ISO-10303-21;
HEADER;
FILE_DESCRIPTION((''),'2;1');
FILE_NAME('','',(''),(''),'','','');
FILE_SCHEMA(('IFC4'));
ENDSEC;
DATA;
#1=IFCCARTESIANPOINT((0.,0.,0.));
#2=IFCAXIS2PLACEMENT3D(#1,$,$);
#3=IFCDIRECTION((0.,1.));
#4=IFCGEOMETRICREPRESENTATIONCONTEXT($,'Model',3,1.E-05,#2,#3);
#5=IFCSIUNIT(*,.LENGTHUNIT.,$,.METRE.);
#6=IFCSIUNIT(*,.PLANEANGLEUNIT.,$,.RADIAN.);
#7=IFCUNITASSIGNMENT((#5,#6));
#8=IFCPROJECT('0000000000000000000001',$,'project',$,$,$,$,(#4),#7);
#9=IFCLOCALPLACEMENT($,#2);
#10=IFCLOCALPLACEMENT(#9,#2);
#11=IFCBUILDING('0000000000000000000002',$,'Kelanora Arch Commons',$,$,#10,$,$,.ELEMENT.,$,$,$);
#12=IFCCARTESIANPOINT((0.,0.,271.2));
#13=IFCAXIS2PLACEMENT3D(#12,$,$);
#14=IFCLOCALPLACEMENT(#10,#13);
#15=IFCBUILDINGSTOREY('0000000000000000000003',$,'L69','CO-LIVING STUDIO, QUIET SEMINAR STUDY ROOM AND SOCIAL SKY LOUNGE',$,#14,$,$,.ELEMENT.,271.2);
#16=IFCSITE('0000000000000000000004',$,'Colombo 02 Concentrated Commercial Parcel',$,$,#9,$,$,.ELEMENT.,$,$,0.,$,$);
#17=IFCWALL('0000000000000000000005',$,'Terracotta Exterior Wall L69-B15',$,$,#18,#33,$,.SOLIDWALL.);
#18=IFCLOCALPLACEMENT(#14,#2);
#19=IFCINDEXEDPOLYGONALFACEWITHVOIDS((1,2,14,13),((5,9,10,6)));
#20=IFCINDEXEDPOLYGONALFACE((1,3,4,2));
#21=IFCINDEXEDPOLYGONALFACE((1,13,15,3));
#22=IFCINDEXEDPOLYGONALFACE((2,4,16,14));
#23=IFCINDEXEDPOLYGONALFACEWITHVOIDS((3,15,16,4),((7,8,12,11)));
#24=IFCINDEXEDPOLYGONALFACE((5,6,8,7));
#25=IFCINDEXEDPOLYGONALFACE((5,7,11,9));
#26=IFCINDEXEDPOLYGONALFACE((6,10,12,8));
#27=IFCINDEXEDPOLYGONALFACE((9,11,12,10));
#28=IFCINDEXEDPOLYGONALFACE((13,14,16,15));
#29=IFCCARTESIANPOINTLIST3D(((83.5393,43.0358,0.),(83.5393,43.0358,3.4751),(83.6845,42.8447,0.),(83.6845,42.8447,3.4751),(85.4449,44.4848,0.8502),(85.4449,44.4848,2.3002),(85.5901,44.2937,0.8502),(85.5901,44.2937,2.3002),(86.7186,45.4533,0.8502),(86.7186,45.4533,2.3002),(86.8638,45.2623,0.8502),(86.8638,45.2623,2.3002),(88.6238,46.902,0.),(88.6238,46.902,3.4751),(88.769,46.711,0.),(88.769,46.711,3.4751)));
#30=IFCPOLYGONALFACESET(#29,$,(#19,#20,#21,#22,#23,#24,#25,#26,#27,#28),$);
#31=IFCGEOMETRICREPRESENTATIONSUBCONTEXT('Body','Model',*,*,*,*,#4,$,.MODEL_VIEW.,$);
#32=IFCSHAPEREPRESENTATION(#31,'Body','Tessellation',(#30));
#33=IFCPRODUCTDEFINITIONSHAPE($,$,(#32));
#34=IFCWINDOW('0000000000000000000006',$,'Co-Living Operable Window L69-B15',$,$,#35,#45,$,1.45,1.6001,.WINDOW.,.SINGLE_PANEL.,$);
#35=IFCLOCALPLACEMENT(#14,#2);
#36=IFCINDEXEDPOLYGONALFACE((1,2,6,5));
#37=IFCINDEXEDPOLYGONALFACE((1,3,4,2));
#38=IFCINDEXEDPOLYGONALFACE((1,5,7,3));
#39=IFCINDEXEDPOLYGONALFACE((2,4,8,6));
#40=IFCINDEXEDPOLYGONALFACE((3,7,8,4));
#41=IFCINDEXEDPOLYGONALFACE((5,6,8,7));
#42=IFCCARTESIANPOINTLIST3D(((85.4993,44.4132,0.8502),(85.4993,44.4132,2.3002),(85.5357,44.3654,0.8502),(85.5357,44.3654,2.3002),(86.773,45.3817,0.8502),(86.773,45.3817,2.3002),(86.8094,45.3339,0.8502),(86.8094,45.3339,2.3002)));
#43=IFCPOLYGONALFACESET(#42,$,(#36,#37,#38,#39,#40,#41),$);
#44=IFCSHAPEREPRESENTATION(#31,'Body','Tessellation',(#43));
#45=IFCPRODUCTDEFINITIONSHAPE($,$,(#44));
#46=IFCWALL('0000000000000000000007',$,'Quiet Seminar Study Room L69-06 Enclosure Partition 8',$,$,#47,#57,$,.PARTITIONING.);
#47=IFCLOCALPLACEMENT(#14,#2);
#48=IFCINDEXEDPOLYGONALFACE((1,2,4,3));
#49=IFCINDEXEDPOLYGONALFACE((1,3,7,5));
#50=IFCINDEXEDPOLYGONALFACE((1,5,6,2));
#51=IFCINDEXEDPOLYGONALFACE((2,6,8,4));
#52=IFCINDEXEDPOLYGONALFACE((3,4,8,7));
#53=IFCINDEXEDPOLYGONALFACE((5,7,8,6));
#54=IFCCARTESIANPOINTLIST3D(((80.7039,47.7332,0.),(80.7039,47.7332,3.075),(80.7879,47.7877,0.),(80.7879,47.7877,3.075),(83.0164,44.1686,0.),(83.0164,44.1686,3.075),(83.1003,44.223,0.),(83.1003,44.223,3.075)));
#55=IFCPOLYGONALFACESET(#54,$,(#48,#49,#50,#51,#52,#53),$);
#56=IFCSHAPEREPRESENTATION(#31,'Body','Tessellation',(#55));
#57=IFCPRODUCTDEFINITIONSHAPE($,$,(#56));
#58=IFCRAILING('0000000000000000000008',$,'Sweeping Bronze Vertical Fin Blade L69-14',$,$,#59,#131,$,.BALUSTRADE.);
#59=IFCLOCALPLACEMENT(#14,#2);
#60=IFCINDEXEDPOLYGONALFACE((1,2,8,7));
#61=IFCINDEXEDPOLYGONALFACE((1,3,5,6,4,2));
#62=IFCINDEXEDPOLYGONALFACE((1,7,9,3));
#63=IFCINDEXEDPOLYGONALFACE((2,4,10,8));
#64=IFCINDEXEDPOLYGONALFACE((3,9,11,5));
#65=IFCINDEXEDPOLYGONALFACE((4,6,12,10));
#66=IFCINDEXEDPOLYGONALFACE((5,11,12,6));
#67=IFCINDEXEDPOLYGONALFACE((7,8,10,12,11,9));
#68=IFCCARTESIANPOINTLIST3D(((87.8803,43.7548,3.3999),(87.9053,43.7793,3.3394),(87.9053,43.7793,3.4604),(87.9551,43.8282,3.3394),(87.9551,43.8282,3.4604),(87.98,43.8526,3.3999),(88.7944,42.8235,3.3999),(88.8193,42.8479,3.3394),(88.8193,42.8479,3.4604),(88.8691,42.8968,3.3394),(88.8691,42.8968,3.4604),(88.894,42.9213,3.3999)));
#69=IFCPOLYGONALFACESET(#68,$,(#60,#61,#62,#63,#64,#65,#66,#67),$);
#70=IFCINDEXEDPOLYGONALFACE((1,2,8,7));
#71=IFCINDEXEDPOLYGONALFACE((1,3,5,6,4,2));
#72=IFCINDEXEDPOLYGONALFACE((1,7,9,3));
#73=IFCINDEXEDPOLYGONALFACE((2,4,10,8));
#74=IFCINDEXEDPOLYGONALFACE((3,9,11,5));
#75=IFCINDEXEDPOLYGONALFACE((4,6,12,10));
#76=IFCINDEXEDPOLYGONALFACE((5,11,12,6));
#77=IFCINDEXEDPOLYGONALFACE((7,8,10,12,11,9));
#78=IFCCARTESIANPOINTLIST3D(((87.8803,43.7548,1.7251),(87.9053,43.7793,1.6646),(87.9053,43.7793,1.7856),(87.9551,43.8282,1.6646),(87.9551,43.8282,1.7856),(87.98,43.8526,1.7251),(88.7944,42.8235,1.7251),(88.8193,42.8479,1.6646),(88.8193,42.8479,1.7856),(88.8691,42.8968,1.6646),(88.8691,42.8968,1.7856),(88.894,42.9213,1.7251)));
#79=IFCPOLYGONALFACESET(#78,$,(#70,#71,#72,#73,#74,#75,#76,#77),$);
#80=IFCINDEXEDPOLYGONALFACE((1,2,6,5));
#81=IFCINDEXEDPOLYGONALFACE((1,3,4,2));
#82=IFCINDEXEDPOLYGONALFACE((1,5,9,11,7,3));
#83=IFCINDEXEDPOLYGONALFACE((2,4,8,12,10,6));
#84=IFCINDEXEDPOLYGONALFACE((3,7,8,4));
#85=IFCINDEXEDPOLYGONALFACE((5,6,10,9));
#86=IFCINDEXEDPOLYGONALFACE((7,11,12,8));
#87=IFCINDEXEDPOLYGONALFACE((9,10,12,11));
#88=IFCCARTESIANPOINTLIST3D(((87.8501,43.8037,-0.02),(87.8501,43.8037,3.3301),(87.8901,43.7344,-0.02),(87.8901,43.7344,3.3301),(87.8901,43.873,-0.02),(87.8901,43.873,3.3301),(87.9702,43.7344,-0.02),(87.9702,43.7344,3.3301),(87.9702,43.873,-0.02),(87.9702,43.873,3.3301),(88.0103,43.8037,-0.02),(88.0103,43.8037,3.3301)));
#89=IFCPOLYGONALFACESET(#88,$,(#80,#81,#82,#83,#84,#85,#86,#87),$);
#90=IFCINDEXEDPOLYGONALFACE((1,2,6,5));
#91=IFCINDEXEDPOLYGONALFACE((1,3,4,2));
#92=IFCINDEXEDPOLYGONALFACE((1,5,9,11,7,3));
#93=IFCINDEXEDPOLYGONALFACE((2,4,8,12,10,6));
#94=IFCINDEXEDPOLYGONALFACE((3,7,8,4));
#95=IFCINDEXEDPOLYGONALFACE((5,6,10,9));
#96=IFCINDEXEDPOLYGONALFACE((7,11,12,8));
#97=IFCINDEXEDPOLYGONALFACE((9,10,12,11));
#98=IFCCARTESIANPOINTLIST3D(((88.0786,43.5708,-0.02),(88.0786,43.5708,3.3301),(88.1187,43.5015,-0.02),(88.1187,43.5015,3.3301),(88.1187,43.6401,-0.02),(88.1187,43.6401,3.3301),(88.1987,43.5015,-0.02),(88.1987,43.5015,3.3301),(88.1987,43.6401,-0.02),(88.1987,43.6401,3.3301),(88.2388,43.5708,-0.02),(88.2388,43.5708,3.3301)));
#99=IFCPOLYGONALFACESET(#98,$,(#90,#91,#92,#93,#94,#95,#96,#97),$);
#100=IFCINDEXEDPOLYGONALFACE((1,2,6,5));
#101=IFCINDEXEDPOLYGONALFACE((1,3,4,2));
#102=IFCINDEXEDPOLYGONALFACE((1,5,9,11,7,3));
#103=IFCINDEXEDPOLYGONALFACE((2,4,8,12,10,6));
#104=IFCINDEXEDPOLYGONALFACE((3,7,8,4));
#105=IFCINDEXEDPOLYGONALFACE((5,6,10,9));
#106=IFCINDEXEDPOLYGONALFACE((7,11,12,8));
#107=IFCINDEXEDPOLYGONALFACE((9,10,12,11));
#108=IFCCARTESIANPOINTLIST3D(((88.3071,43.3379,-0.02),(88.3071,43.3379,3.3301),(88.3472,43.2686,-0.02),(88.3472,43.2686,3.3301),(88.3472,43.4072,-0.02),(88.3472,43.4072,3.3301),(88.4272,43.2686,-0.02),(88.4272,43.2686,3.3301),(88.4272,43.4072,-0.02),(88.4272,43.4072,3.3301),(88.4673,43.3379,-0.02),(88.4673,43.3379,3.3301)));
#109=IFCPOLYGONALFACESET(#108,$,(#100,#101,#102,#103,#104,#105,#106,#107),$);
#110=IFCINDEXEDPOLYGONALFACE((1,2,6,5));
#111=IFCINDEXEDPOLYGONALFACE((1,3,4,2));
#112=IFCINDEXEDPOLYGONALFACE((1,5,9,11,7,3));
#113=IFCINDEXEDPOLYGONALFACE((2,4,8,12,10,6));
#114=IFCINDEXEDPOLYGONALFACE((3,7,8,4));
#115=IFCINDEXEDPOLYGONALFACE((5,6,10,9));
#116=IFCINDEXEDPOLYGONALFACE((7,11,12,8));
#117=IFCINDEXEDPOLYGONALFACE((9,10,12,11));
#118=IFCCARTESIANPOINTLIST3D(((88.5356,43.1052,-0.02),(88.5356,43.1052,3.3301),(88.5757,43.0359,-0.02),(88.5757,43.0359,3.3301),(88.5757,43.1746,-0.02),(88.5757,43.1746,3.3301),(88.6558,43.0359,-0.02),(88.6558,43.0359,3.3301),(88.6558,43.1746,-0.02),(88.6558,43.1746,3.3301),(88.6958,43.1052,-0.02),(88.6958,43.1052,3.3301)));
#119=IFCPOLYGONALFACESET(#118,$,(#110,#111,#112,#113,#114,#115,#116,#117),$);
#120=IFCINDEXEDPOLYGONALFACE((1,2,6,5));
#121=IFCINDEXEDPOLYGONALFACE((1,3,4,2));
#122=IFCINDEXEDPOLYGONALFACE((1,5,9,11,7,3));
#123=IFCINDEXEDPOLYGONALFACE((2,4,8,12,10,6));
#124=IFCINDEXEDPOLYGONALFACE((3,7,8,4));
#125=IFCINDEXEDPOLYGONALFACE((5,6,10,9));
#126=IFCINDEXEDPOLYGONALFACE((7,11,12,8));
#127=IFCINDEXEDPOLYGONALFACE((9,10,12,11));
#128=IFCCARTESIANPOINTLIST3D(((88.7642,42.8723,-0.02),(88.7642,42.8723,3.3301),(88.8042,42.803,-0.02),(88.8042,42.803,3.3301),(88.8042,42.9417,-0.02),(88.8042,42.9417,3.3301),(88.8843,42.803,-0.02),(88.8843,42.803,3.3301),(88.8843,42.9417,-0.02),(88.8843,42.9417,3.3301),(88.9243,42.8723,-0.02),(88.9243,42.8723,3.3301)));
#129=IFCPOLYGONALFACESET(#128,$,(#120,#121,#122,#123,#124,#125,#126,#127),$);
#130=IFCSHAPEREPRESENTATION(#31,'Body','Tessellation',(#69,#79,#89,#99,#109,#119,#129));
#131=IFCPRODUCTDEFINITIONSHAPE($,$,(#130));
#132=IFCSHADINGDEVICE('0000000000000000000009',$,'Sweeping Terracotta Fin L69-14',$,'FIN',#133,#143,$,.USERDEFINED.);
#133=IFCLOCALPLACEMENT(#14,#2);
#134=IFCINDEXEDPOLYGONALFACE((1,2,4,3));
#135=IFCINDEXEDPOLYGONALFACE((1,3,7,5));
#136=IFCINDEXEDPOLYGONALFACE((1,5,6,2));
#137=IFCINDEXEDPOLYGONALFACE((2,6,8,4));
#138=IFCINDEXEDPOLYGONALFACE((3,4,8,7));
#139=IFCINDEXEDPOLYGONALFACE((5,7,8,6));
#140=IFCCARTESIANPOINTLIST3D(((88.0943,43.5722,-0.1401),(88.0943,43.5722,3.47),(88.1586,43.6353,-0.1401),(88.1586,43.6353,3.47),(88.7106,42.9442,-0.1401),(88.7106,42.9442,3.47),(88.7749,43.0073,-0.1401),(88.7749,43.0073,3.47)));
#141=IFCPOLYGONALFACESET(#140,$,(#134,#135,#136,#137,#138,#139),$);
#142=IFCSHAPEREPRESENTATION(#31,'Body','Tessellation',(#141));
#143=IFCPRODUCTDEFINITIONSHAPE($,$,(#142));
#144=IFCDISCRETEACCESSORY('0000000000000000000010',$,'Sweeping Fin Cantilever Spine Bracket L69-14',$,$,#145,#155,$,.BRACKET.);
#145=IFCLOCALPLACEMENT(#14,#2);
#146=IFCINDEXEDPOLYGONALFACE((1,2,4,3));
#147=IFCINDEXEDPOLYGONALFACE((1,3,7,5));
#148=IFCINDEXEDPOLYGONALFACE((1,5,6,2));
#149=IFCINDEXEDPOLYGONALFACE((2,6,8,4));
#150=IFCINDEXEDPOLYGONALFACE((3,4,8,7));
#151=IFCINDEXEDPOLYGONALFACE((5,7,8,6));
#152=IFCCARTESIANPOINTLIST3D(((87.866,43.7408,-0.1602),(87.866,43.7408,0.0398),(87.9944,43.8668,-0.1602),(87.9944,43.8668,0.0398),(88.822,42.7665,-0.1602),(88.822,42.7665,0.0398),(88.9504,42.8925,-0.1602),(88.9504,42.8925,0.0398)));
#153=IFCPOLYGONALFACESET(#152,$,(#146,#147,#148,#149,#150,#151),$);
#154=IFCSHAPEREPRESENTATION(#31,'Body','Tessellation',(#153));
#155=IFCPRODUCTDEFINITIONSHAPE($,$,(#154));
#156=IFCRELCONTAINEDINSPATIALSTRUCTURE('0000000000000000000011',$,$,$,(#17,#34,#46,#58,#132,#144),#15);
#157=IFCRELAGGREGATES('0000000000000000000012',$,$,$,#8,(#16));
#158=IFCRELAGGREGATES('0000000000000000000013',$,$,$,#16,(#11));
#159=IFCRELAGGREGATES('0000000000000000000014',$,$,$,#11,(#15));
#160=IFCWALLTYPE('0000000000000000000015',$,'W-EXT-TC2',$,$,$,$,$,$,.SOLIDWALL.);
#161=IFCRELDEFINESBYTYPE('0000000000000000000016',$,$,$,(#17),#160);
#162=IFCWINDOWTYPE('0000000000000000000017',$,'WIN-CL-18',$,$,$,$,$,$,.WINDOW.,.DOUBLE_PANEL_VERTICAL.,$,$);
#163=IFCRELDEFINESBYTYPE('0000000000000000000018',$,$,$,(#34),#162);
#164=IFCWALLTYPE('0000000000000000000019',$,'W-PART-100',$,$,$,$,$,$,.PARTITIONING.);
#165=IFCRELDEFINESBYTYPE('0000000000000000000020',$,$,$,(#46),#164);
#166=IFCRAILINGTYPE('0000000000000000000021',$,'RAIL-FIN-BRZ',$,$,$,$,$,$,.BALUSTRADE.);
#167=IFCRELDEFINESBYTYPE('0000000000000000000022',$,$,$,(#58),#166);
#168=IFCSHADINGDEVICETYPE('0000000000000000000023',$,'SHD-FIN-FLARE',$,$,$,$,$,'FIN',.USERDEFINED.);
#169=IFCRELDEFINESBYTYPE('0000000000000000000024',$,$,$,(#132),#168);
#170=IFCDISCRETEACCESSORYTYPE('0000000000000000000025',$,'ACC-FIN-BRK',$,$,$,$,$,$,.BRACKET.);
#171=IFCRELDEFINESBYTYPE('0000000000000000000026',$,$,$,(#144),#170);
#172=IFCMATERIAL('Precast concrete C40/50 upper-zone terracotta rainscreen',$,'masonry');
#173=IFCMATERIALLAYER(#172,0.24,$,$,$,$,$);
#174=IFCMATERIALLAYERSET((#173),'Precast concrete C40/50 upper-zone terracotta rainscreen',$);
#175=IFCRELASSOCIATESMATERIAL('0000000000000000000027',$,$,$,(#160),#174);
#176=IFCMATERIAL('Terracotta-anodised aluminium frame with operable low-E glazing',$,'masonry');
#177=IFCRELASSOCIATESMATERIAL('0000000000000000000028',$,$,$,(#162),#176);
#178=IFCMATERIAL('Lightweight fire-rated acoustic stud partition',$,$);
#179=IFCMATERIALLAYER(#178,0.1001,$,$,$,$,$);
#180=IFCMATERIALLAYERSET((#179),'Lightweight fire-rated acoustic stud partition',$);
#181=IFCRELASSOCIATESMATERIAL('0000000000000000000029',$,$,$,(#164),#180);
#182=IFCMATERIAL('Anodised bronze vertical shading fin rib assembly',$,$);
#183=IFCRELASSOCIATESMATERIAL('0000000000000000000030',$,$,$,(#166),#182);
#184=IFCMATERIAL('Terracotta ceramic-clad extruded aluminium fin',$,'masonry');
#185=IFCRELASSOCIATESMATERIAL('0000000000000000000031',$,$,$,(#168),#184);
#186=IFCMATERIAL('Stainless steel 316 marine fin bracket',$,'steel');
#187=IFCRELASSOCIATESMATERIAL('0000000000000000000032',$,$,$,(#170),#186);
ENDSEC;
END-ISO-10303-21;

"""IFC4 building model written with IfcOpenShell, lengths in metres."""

from ifc_helpers import new_model, si_unit, direction, frame, frame_2d, origin, origin_2d, place, context, subcontext, project, spatial, polyline, rectangle, outline, extrude, source, transform, mapped, material, layer, layer_set, type_object, element, fill, save


model = new_model("IFC4")

# Units and contexts
model_context = context("Model", 3, precision=1e-05, world=origin(), true_north=direction((0.0, 1.0)))
body_context = subcontext(model_context, "Body", "Model", "MODEL_VIEW")
ifc_project = project(units=[si_unit("LENGTHUNIT", "METRE"), si_unit("PLANEANGLEUNIT", "RADIAN")], contexts=[model_context])

# Site, building, storey
site_placement = place(None, origin())
site = spatial("IfcSite", under=ifc_project, at=site_placement, Name="Colombo 02 Concentrated Commercial Parcel", CompositionType="ELEMENT", RefElevation=0.0)
building_placement = place(site_placement, origin())
building = spatial("IfcBuilding", under=site, at=building_placement, Name="Kelanora Arch Commons", CompositionType="ELEMENT")
storey_placement = place(building_placement, frame((0.0, 0.0, 271.2)))
storey = spatial("IfcBuildingStorey", under=building, at=storey_placement, Name="L69", Description="CO-LIVING STUDIO, QUIET SEMINAR STUDY ROOM AND SOCIAL SKY LOUNGE", CompositionType="ELEMENT", Elevation=271.2)

# Wall, opening, window
ifc_material_1 = material(Name="Precast concrete C40/50 upper-zone terracotta rainscreen", Category="masonry")
ifc_layer_1 = layer(ifc_material_1, 0.24)
ifc_layer_set_1 = layer_set([ifc_layer_1], Name="Precast concrete C40/50 upper-zone terracotta rainscreen")
wall_type_1 = type_object("IfcWallType", Name="W-EXT-TC2", PredefinedType="SOLIDWALL", material=ifc_layer_set_1)
wall_1_placement = place(storey_placement, frame((83.6118, 42.9402, 0.0), z_axis=(0.0, 0.0, 1.0), x_axis=(0.79601, 0.605283, 0.0)))
wall_1 = element("IfcWall", 1, at=wall_1_placement, inside=storey, type_object=wall_type_1, Name="Terracotta Exterior Wall L69-B15", PredefinedType="SOLIDWALL", context=body_context, shape_type="SweptSolid", body=[
    extrude(rectangle(XDim=6.3875, YDim=0.24, at=frame_2d((3.1938, 0.0))), origin(), (0.0, 0.0, 1.0), 3.4751),
])
opening_placement = place(wall_1_placement, frame((2.394, 0.0, 0.8501)))
opening = element("IfcOpeningElement", 2, at=opening_placement, cuts=wall_1, PredefinedType="OPENING", context=body_context, shape_type="SweptSolid", body=[
    extrude(rectangle(XDim=1.6001, YDim=1.45, at=frame_2d((0.8, 0.7251))), frame((0.0, 0.1299, 0.0), z_axis=(0.0, -1.0, 0.0), x_axis=(1.0, 0.0, 0.0)), (0.0, 0.0, 1.0), 0.26),
])
ifc_material_2 = material(Name="Terracotta-anodised aluminium frame with operable low-E glazing", Category="masonry")
window_type = type_object("IfcWindowType", Name="WIN-CL-18", PartitioningType="DOUBLE_PANEL_VERTICAL", PredefinedType="WINDOW", material=ifc_material_2)
window_placement = place(opening_placement, origin())
window = element("IfcWindow", 3, at=window_placement, inside=storey, type_object=window_type, Name="Co-Living Operable Window L69-B15", OverallHeight=1.45, OverallWidth=1.6001, PartitioningType="SINGLE_PANEL", PredefinedType="WINDOW", context=body_context, shape_type="SweptSolid", body=[
    extrude(rectangle(XDim=1.6001, YDim=1.45, at=frame_2d((0.8, 0.7251))), frame((0.0, 0.03, 0.0), z_axis=(0.0, -1.0, 0.0), x_axis=(1.0, 0.0, 0.0)), (0.0, 0.0, 1.0), 0.0601),
])
fill(opening, window)

# Wall
ifc_material_3 = material(Name="Lightweight fire-rated acoustic stud partition")
ifc_layer_2 = layer(ifc_material_3, 0.1001)
ifc_layer_set_2 = layer_set([ifc_layer_2], Name="Lightweight fire-rated acoustic stud partition")
wall_type_2 = type_object("IfcWallType", Name="W-PART-100", PredefinedType="PARTITIONING", material=ifc_layer_set_2)
wall_2_placement = place(storey_placement, frame((83.0583, 44.1958, 0.0), z_axis=(0.0, 0.0, 1.0), x_axis=(-0.544235, 0.838933, 0.0)))
element("IfcWall", 4, at=wall_2_placement, inside=storey, type_object=wall_type_2, Name="Quiet Seminar Study Room L69-06 Enclosure Partition 8", PredefinedType="PARTITIONING", context=body_context, shape_type="SweptSolid", body=[
    extrude(rectangle(XDim=4.249, YDim=0.1001, at=frame_2d((2.1245, 0.0))), origin(), (0.0, 0.0, 1.0), 3.075),
])

# Railing
ifc_material_4 = material(Name="Anodised bronze vertical shading fin rib assembly")
railing_type = type_object("IfcRailingType", Name="RAIL-FIN-BRZ", PredefinedType="BALUSTRADE", material=ifc_material_4)
railing_placement = place(storey_placement, frame((87.9302, 43.8037, -0.02)))
element("IfcRailing", 5, at=railing_placement, inside=storey, type_object=railing_type, Name="Sweeping Bronze Vertical Fin Blade L69-14", PredefinedType="BALUSTRADE", context=body_context, shape_type="SweptSolid", body=[
    extrude(outline(polyline([(0.0698, 0.0), (0.0349, 0.0605), (-0.0349, 0.0605), (-0.0698, 0.0), (-0.0349, -0.0605), (0.0349, -0.0605), (0.0698, 0.0)])), frame((0.0, 0.0, 3.4199), z_axis=(0.700434, -0.713717, 0.0), x_axis=(0.713717, 0.700434, 0.0)), (0.0, 0.0, 1.0), 1.3049),
    extrude(outline(polyline([(0.0698, 0.0), (0.0349, 0.0605), (-0.0349, 0.0605), (-0.0698, 0.0), (-0.0349, -0.0605), (0.0349, -0.0605), (0.0698, 0.0)])), frame((0.0, 0.0, 1.7451), z_axis=(0.700434, -0.713717, 0.0), x_axis=(0.713717, 0.700434, 0.0)), (0.0, 0.0, 1.0), 1.3049),
    extrude(outline(polyline([(0.0801, 0.0), (0.04, 0.0693), (-0.04, 0.0693), (-0.0801, 0.0), (-0.04, -0.0693), (0.04, -0.0693), (0.0801, 0.0)])), origin(), (0.0, 0.0, 1.0), 3.3501),
    extrude(outline(polyline([(0.0801, 0.0), (0.04, 0.0693), (-0.04, 0.0693), (-0.0801, 0.0), (-0.04, -0.0693), (0.04, -0.0693), (0.0801, 0.0)])), frame((0.2285, -0.2329, 0.0)), (0.0, 0.0, 1.0), 3.3501),
    extrude(outline(polyline([(0.0801, 0.0), (0.04, 0.0693), (-0.04, 0.0693), (-0.0801, 0.0), (-0.04, -0.0693), (0.04, -0.0693), (0.0801, 0.0)])), frame((0.457, -0.4658, 0.0)), (0.0, 0.0, 1.0), 3.3501),
    extrude(outline(polyline([(0.0801, 0.0), (0.04, 0.0693), (-0.04, 0.0693), (-0.0801, 0.0), (-0.04, -0.0693), (0.04, -0.0693), (0.0801, 0.0)])), frame((0.6855, -0.6985, 0.0)), (0.0, 0.0, 1.0), 3.3501),
    extrude(outline(polyline([(0.0801, 0.0), (0.04, 0.0693), (-0.04, 0.0693), (-0.0801, 0.0), (-0.04, -0.0693), (0.04, -0.0693), (0.0801, 0.0)])), frame((0.9141, -0.9314, 0.0)), (0.0, 0.0, 1.0), 3.3501),
])

# Shading device
ifc_material_5 = material(Name="Terracotta ceramic-clad extruded aluminium fin", Category="masonry")
shading_device_type = type_object("IfcShadingDeviceType", Name="SHD-FIN-FLARE", ElementType="FIN", PredefinedType="USERDEFINED", material=ifc_material_5)
shared_shape_1 = source(origin(), body_context, "Body", "SweptSolid", [
    extrude(rectangle(XDim=0.8799, YDim=0.0901, at=origin_2d()), origin(), (0.0, 0.0, 1.0), 3.6101),
])
shading_device_placement = place(storey_placement, frame((88.4346, 43.2898, -0.1401), z_axis=(0.0, 0.0, 1.0), x_axis=(0.700411, -0.71374, 0.0)))
element("IfcShadingDevice", 6, at=shading_device_placement, inside=storey, type_object=shading_device_type, Name="Sweeping Terracotta Fin L69-14", ObjectType="FIN", PredefinedType="USERDEFINED", context=body_context, shape_type="MappedRepresentation", body=[
    mapped(shared_shape_1, transform((0.0, 0.0, 0.0), scale=1.0)),
])

# Discrete accessory
ifc_material_6 = material(Name="Stainless steel 316 marine fin bracket", Category="steel")
discrete_accessory_type = type_object("IfcDiscreteAccessoryType", Name="ACC-FIN-BRK", PredefinedType="BRACKET", material=ifc_material_6)
shared_shape_2 = source(origin(), body_context, "Body", "SweptSolid", [
    extrude(rectangle(XDim=1.365, YDim=0.1799, at=origin_2d()), origin(), (0.0, 0.0, 1.0), 0.2),
])
discrete_accessory_placement = place(storey_placement, frame((88.4082, 43.3167, -0.1602), z_axis=(0.0, 0.0, 1.0), x_axis=(0.700411, -0.71374, 0.0)))
element("IfcDiscreteAccessory", 7, at=discrete_accessory_placement, inside=storey, type_object=discrete_accessory_type, Name="Sweeping Fin Cantilever Spine Bracket L69-14", PredefinedType="BRACKET", context=body_context, shape_type="MappedRepresentation", body=[
    mapped(shared_shape_2, transform((0.0, 0.0, 0.0), scale=1.0)),
])

save(model, "model.ifc")
